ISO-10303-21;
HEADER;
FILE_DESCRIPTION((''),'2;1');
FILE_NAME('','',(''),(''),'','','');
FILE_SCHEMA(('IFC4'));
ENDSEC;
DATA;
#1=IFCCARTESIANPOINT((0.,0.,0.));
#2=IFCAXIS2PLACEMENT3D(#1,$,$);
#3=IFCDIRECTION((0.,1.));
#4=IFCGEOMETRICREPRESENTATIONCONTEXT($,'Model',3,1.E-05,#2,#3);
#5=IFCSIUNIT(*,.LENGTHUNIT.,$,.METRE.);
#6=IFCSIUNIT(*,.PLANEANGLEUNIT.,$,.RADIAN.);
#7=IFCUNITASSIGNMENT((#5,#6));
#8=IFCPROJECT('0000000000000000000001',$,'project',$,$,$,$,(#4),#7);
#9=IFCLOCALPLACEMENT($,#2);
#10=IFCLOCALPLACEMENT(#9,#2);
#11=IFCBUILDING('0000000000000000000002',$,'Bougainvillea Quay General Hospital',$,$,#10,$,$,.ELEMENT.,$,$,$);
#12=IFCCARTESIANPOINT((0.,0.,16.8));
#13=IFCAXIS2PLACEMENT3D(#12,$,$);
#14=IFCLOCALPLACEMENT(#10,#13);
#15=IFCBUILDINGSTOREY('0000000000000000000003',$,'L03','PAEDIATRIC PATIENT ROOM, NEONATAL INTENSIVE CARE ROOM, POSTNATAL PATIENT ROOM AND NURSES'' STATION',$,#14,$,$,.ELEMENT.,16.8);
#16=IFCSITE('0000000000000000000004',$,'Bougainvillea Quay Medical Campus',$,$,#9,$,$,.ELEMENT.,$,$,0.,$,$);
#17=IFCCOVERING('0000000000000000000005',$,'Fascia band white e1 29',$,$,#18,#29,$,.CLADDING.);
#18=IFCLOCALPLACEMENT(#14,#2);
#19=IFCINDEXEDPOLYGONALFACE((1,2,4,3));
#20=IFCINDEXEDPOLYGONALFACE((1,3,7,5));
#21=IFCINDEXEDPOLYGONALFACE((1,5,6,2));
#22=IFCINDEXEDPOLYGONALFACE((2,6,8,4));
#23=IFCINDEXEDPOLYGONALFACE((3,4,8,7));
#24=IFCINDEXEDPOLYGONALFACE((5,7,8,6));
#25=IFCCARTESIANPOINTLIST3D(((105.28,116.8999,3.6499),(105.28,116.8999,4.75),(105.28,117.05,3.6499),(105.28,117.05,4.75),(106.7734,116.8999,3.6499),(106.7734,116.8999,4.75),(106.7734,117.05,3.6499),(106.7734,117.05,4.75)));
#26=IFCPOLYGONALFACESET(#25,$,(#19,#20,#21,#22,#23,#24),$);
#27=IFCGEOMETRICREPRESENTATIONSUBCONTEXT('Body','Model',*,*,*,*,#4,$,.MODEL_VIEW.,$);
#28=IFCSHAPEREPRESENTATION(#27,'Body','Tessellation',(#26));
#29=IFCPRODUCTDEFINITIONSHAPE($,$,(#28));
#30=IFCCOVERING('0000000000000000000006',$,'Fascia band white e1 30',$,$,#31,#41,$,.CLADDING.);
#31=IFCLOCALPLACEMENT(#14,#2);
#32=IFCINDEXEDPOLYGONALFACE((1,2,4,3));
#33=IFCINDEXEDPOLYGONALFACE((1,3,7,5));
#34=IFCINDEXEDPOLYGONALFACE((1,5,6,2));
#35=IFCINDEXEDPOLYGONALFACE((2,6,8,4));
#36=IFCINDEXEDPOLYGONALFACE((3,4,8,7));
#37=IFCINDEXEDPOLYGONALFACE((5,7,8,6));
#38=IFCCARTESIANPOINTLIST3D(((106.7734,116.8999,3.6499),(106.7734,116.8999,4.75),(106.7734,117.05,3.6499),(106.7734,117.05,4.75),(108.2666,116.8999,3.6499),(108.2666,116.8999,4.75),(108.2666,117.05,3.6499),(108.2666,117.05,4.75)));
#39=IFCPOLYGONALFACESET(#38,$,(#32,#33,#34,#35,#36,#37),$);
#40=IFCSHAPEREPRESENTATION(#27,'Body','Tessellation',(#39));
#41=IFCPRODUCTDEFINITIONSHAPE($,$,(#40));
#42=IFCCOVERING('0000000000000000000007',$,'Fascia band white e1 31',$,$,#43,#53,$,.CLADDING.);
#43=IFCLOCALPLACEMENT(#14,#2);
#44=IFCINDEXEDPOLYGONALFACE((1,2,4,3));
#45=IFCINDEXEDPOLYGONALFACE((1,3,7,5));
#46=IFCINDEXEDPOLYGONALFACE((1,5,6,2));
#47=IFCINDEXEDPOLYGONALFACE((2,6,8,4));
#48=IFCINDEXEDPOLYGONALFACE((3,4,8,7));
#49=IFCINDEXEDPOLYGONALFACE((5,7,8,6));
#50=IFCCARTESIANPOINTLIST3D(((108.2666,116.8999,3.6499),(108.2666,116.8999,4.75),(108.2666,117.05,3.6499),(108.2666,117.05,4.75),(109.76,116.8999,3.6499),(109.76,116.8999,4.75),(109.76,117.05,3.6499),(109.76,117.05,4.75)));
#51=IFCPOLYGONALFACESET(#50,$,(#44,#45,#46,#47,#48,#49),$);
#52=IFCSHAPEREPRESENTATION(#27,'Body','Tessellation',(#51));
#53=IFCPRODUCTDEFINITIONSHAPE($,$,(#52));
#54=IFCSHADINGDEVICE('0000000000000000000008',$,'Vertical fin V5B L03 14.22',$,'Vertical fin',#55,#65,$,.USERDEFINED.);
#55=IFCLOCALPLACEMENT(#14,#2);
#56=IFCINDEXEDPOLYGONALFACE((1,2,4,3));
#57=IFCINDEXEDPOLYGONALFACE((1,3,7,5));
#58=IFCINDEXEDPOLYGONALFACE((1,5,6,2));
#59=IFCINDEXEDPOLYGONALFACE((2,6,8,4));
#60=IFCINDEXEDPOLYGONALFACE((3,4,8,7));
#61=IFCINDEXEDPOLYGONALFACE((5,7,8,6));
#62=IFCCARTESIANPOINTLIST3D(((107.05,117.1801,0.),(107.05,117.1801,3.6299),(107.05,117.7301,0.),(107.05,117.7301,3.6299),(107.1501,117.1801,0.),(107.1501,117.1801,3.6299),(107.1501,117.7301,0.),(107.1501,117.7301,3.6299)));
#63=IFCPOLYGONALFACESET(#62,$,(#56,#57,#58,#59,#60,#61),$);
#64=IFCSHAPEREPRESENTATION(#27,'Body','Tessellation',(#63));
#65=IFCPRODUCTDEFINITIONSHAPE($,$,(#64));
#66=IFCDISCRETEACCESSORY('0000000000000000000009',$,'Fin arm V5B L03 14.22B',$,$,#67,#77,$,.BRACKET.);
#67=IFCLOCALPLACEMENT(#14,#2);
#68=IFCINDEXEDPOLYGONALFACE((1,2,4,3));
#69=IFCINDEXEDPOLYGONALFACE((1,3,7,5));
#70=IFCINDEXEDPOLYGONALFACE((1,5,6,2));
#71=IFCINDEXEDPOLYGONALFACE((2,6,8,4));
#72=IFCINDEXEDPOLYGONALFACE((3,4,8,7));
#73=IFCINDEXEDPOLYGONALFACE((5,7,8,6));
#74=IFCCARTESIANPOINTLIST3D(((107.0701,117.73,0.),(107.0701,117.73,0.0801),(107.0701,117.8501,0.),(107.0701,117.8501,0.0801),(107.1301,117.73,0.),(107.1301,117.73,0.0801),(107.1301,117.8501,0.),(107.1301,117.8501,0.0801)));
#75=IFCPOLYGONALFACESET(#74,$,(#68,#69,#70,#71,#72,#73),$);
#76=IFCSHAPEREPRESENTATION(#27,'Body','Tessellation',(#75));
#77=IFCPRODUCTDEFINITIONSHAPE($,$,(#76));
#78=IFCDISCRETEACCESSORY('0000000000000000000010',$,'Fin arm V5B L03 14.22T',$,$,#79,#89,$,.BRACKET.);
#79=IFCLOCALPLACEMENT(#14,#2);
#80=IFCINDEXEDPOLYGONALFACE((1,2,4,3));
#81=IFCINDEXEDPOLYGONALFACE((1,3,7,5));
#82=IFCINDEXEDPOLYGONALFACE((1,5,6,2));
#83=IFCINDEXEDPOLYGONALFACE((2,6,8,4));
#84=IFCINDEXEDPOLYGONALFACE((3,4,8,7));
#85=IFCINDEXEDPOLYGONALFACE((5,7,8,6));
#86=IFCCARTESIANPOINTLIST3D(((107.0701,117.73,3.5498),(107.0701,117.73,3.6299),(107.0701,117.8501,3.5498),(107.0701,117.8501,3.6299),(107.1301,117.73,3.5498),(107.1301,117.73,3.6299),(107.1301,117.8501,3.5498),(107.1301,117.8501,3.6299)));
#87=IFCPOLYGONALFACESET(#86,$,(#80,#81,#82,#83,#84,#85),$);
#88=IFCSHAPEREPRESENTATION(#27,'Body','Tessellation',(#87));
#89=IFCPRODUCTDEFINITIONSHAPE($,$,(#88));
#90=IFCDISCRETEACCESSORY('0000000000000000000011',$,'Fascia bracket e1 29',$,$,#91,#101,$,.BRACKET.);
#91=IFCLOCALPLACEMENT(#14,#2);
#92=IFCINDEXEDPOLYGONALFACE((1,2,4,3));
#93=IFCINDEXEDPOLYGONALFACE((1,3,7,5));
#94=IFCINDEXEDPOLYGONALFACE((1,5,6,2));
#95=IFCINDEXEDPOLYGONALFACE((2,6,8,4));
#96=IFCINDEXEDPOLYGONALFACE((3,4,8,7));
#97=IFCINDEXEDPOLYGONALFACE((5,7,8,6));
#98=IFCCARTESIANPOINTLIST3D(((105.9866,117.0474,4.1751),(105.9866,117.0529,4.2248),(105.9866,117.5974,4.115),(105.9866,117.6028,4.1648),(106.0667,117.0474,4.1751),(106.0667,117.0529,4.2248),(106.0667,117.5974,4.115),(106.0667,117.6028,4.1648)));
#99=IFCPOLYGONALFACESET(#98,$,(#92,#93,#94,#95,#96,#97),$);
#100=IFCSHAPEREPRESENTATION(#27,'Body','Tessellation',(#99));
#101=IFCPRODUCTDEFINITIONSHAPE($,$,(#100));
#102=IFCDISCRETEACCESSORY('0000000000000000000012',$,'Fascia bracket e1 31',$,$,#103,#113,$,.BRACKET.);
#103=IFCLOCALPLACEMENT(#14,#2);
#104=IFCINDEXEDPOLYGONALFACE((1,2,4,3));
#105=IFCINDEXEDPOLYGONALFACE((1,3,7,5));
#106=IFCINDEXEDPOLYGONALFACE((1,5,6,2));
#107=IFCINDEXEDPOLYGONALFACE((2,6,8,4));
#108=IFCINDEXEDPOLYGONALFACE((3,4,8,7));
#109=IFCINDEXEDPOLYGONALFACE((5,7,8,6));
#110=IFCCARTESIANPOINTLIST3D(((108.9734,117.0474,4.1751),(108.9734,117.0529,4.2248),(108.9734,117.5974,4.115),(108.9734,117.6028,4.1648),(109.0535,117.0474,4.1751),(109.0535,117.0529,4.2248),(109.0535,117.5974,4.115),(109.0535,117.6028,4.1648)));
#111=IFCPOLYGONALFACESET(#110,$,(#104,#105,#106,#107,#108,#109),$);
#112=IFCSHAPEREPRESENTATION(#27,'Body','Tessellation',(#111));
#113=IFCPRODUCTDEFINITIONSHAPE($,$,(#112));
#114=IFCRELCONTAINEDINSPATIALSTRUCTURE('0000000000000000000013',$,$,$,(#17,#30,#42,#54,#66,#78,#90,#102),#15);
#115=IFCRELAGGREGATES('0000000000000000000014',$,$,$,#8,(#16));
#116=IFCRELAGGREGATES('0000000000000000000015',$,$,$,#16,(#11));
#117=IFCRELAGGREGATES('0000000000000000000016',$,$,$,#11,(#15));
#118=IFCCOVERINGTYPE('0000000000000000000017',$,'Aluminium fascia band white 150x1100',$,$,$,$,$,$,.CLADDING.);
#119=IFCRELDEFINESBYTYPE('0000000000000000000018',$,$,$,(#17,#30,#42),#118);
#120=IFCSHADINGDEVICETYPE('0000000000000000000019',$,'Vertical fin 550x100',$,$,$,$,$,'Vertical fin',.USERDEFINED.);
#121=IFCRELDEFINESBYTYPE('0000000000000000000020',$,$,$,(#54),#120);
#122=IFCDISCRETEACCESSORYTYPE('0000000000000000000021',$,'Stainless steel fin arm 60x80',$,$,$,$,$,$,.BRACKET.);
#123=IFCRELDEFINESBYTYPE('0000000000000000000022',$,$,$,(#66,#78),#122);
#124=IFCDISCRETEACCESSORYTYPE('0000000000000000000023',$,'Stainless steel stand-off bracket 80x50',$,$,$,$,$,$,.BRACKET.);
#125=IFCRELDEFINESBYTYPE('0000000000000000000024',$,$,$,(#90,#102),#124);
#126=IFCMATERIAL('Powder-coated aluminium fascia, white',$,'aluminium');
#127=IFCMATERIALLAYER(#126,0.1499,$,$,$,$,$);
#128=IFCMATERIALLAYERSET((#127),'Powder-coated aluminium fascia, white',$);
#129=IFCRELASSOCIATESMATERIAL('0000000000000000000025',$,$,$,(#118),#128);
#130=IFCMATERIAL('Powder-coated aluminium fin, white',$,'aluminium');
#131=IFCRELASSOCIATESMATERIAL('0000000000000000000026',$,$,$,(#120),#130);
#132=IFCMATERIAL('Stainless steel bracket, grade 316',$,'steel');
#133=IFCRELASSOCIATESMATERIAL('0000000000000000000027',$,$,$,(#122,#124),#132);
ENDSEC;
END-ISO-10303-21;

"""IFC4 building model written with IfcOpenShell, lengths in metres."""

from ifc_helpers import new_model, si_unit, direction, frame, origin, origin_2d, place, context, subcontext, project, spatial, polyline, rectangle, outline, extrude, material, layer, layer_set, material_profile, profile_set, type_object, element, save


model = new_model("IFC4")

# Units and contexts
model_context = context("Model", 3, precision=1e-05, world=origin(), true_north=direction((0.0, 1.0)))
body_context = subcontext(model_context, "Body", "Model", "MODEL_VIEW")
ifc_project = project(units=[si_unit("LENGTHUNIT", "METRE"), si_unit("PLANEANGLEUNIT", "RADIAN")], contexts=[model_context])

# Site, building, storey
site_placement = place(None, origin())
site = spatial("IfcSite", under=ifc_project, at=site_placement, Name="Bougainvillea Quay Medical Campus", CompositionType="ELEMENT", RefElevation=0.0)
building_placement = place(site_placement, origin())
building = spatial("IfcBuilding", under=site, at=building_placement, Name="Bougainvillea Quay General Hospital", CompositionType="ELEMENT")
storey_placement = place(building_placement, frame((0.0, 0.0, 16.8)))
storey = spatial("IfcBuildingStorey", under=building, at=storey_placement, Name="L03", Description="PAEDIATRIC PATIENT ROOM, NEONATAL INTENSIVE CARE ROOM, POSTNATAL PATIENT ROOM AND NURSES' STATION", CompositionType="ELEMENT", Elevation=16.8)

# Coverings
ifc_material_1 = material(Name="Powder-coated aluminium fascia, white", Category="aluminium")
ifc_layer_1 = layer(ifc_material_1, 0.1499)
ifc_layer_set_1 = layer_set([ifc_layer_1], Name="Powder-coated aluminium fascia, white")
covering_type = type_object("IfcCoveringType", Name="Aluminium fascia band white 150x1100", PredefinedType="CLADDING", material=ifc_layer_set_1)
covering_1_placement = place(storey_placement, frame((105.28, 117.05, 3.6499), z_axis=(0.0, 0.0, 1.0), x_axis=(1.0, 0.0, 0.0)))
element("IfcCovering", 1, at=covering_1_placement, inside=storey, type_object=covering_type, Name="Fascia band white e1 29", PredefinedType="CLADDING", context=body_context, shape_type="SweptSolid", body=[
    extrude(outline(polyline([(0.0, 0.0), (1.4934, 0.0), (1.4934, -0.1501), (0.0, -0.1501), (0.0, 0.0)])), origin(), (0.0, 0.0, 1.0), 1.1001),
])
covering_2_placement = place(storey_placement, frame((106.7734, 117.05, 3.6499), z_axis=(0.0, 0.0, 1.0), x_axis=(1.0, 0.0, 0.0)))
element("IfcCovering", 2, at=covering_2_placement, inside=storey, type_object=covering_type, Name="Fascia band white e1 30", PredefinedType="CLADDING", context=body_context, shape_type="SweptSolid", body=[
    extrude(outline(polyline([(0.0, 0.0), (1.4932, 0.0), (1.4932, -0.1501), (0.0, -0.1501), (0.0, 0.0)])), origin(), (0.0, 0.0, 1.0), 1.1001),
])
covering_3_placement = place(storey_placement, frame((108.2666, 117.05, 3.6499), z_axis=(0.0, 0.0, 1.0), x_axis=(1.0, 0.0, 0.0)))
element("IfcCovering", 3, at=covering_3_placement, inside=storey, type_object=covering_type, Name="Fascia band white e1 31", PredefinedType="CLADDING", context=body_context, shape_type="SweptSolid", body=[
    extrude(outline(polyline([(0.0, 0.0), (1.4934, 0.0), (1.4934, -0.1501), (0.0, -0.1501), (0.0, 0.0)])), origin(), (0.0, 0.0, 1.0), 1.1001),
])

# Shading device
ifc_material_2 = material(Name="Powder-coated aluminium fin, white", Category="aluminium")
ifc_material_profile_1 = material_profile(ifc_material_2, rectangle(XDim=0.55, YDim=0.1001, at=origin_2d()))
ifc_profile_set_1 = profile_set([ifc_material_profile_1], Name="Powder-coated aluminium fin, white")
shading_device_type = type_object("IfcShadingDeviceType", Name="Vertical fin 550x100", ElementType="Vertical fin", PredefinedType="USERDEFINED", material=ifc_profile_set_1)
shading_device_placement = place(storey_placement, frame((107.1001, 117.4551, 0.0), z_axis=(0.0, 0.0, 1.0), x_axis=(0.0, -1.0, 0.0)))
element("IfcShadingDevice", 4, at=shading_device_placement, inside=storey, type_object=shading_device_type, Name="Vertical fin V5B L03 14.22", ObjectType="Vertical fin", PredefinedType="USERDEFINED", context=body_context, shape_type="SweptSolid", body=[
    extrude(rectangle(XDim=0.55, YDim=0.1001, at=origin_2d()), origin(), (0.0, 0.0, 1.0), 3.6299),
])

# Discrete accessories
ifc_material_3 = material(Name="Stainless steel bracket, grade 316", Category="steel")
discrete_accessory_type_1 = type_object("IfcDiscreteAccessoryType", Name="Stainless steel fin arm 60x80", PredefinedType="BRACKET", material=ifc_material_3)
for number, where, z_axis, x_axis, name in (
    (5, (107.1001, 117.79, 0.0), (0.0, 0.0, 1.0), (0.0, -1.0, 0.0), "Fin arm V5B L03 14.22B"),
    (6, (107.1001, 117.79, 3.5498), (0.0, 0.0, 1.0), (0.0, -1.0, 0.0), "Fin arm V5B L03 14.22T"),
):
    element("IfcDiscreteAccessory", number, at=place(storey_placement, frame(where, z_axis=z_axis, x_axis=x_axis)), inside=storey, type_object=discrete_accessory_type_1, Name=name, PredefinedType="BRACKET", context=body_context, shape_type="SweptSolid", body=[
        extrude(rectangle(XDim=0.1201, YDim=0.0601, at=origin_2d()), origin(), (0.0, 0.0, 1.0), 0.0801),
    ])
ifc_material_profile_2 = material_profile(ifc_material_3, rectangle(XDim=0.0801, YDim=0.05, at=origin_2d()))
ifc_profile_set_2 = profile_set([ifc_material_profile_2], Name="Stainless steel bracket, grade 316")
discrete_accessory_type_2 = type_object("IfcDiscreteAccessoryType", Name="Stainless steel stand-off bracket 80x50", PredefinedType="BRACKET", material=ifc_profile_set_2)
for number, where, z_axis, x_axis, name in (
    (7, (106.0266, 117.6001, 4.1399), (0.0, -0.994092, 0.108543), (1.0, 0.0, 0.0), "Fascia bracket e1 29"),
    (8, (109.0134, 117.6001, 4.1399), (0.0, -0.994092, 0.108543), (1.0, 0.0, 0.0), "Fascia bracket e1 31"),
):
    element("IfcDiscreteAccessory", number, at=place(storey_placement, frame(where, z_axis=z_axis, x_axis=x_axis)), inside=storey, type_object=discrete_accessory_type_2, Name=name, PredefinedType="BRACKET", context=body_context, shape_type="SweptSolid", body=[
        extrude(rectangle(XDim=0.0801, YDim=0.05, at=origin_2d()), origin(), (0.0, 0.0, 1.0), 0.5532),
    ])

save(model, "model.ifc")
